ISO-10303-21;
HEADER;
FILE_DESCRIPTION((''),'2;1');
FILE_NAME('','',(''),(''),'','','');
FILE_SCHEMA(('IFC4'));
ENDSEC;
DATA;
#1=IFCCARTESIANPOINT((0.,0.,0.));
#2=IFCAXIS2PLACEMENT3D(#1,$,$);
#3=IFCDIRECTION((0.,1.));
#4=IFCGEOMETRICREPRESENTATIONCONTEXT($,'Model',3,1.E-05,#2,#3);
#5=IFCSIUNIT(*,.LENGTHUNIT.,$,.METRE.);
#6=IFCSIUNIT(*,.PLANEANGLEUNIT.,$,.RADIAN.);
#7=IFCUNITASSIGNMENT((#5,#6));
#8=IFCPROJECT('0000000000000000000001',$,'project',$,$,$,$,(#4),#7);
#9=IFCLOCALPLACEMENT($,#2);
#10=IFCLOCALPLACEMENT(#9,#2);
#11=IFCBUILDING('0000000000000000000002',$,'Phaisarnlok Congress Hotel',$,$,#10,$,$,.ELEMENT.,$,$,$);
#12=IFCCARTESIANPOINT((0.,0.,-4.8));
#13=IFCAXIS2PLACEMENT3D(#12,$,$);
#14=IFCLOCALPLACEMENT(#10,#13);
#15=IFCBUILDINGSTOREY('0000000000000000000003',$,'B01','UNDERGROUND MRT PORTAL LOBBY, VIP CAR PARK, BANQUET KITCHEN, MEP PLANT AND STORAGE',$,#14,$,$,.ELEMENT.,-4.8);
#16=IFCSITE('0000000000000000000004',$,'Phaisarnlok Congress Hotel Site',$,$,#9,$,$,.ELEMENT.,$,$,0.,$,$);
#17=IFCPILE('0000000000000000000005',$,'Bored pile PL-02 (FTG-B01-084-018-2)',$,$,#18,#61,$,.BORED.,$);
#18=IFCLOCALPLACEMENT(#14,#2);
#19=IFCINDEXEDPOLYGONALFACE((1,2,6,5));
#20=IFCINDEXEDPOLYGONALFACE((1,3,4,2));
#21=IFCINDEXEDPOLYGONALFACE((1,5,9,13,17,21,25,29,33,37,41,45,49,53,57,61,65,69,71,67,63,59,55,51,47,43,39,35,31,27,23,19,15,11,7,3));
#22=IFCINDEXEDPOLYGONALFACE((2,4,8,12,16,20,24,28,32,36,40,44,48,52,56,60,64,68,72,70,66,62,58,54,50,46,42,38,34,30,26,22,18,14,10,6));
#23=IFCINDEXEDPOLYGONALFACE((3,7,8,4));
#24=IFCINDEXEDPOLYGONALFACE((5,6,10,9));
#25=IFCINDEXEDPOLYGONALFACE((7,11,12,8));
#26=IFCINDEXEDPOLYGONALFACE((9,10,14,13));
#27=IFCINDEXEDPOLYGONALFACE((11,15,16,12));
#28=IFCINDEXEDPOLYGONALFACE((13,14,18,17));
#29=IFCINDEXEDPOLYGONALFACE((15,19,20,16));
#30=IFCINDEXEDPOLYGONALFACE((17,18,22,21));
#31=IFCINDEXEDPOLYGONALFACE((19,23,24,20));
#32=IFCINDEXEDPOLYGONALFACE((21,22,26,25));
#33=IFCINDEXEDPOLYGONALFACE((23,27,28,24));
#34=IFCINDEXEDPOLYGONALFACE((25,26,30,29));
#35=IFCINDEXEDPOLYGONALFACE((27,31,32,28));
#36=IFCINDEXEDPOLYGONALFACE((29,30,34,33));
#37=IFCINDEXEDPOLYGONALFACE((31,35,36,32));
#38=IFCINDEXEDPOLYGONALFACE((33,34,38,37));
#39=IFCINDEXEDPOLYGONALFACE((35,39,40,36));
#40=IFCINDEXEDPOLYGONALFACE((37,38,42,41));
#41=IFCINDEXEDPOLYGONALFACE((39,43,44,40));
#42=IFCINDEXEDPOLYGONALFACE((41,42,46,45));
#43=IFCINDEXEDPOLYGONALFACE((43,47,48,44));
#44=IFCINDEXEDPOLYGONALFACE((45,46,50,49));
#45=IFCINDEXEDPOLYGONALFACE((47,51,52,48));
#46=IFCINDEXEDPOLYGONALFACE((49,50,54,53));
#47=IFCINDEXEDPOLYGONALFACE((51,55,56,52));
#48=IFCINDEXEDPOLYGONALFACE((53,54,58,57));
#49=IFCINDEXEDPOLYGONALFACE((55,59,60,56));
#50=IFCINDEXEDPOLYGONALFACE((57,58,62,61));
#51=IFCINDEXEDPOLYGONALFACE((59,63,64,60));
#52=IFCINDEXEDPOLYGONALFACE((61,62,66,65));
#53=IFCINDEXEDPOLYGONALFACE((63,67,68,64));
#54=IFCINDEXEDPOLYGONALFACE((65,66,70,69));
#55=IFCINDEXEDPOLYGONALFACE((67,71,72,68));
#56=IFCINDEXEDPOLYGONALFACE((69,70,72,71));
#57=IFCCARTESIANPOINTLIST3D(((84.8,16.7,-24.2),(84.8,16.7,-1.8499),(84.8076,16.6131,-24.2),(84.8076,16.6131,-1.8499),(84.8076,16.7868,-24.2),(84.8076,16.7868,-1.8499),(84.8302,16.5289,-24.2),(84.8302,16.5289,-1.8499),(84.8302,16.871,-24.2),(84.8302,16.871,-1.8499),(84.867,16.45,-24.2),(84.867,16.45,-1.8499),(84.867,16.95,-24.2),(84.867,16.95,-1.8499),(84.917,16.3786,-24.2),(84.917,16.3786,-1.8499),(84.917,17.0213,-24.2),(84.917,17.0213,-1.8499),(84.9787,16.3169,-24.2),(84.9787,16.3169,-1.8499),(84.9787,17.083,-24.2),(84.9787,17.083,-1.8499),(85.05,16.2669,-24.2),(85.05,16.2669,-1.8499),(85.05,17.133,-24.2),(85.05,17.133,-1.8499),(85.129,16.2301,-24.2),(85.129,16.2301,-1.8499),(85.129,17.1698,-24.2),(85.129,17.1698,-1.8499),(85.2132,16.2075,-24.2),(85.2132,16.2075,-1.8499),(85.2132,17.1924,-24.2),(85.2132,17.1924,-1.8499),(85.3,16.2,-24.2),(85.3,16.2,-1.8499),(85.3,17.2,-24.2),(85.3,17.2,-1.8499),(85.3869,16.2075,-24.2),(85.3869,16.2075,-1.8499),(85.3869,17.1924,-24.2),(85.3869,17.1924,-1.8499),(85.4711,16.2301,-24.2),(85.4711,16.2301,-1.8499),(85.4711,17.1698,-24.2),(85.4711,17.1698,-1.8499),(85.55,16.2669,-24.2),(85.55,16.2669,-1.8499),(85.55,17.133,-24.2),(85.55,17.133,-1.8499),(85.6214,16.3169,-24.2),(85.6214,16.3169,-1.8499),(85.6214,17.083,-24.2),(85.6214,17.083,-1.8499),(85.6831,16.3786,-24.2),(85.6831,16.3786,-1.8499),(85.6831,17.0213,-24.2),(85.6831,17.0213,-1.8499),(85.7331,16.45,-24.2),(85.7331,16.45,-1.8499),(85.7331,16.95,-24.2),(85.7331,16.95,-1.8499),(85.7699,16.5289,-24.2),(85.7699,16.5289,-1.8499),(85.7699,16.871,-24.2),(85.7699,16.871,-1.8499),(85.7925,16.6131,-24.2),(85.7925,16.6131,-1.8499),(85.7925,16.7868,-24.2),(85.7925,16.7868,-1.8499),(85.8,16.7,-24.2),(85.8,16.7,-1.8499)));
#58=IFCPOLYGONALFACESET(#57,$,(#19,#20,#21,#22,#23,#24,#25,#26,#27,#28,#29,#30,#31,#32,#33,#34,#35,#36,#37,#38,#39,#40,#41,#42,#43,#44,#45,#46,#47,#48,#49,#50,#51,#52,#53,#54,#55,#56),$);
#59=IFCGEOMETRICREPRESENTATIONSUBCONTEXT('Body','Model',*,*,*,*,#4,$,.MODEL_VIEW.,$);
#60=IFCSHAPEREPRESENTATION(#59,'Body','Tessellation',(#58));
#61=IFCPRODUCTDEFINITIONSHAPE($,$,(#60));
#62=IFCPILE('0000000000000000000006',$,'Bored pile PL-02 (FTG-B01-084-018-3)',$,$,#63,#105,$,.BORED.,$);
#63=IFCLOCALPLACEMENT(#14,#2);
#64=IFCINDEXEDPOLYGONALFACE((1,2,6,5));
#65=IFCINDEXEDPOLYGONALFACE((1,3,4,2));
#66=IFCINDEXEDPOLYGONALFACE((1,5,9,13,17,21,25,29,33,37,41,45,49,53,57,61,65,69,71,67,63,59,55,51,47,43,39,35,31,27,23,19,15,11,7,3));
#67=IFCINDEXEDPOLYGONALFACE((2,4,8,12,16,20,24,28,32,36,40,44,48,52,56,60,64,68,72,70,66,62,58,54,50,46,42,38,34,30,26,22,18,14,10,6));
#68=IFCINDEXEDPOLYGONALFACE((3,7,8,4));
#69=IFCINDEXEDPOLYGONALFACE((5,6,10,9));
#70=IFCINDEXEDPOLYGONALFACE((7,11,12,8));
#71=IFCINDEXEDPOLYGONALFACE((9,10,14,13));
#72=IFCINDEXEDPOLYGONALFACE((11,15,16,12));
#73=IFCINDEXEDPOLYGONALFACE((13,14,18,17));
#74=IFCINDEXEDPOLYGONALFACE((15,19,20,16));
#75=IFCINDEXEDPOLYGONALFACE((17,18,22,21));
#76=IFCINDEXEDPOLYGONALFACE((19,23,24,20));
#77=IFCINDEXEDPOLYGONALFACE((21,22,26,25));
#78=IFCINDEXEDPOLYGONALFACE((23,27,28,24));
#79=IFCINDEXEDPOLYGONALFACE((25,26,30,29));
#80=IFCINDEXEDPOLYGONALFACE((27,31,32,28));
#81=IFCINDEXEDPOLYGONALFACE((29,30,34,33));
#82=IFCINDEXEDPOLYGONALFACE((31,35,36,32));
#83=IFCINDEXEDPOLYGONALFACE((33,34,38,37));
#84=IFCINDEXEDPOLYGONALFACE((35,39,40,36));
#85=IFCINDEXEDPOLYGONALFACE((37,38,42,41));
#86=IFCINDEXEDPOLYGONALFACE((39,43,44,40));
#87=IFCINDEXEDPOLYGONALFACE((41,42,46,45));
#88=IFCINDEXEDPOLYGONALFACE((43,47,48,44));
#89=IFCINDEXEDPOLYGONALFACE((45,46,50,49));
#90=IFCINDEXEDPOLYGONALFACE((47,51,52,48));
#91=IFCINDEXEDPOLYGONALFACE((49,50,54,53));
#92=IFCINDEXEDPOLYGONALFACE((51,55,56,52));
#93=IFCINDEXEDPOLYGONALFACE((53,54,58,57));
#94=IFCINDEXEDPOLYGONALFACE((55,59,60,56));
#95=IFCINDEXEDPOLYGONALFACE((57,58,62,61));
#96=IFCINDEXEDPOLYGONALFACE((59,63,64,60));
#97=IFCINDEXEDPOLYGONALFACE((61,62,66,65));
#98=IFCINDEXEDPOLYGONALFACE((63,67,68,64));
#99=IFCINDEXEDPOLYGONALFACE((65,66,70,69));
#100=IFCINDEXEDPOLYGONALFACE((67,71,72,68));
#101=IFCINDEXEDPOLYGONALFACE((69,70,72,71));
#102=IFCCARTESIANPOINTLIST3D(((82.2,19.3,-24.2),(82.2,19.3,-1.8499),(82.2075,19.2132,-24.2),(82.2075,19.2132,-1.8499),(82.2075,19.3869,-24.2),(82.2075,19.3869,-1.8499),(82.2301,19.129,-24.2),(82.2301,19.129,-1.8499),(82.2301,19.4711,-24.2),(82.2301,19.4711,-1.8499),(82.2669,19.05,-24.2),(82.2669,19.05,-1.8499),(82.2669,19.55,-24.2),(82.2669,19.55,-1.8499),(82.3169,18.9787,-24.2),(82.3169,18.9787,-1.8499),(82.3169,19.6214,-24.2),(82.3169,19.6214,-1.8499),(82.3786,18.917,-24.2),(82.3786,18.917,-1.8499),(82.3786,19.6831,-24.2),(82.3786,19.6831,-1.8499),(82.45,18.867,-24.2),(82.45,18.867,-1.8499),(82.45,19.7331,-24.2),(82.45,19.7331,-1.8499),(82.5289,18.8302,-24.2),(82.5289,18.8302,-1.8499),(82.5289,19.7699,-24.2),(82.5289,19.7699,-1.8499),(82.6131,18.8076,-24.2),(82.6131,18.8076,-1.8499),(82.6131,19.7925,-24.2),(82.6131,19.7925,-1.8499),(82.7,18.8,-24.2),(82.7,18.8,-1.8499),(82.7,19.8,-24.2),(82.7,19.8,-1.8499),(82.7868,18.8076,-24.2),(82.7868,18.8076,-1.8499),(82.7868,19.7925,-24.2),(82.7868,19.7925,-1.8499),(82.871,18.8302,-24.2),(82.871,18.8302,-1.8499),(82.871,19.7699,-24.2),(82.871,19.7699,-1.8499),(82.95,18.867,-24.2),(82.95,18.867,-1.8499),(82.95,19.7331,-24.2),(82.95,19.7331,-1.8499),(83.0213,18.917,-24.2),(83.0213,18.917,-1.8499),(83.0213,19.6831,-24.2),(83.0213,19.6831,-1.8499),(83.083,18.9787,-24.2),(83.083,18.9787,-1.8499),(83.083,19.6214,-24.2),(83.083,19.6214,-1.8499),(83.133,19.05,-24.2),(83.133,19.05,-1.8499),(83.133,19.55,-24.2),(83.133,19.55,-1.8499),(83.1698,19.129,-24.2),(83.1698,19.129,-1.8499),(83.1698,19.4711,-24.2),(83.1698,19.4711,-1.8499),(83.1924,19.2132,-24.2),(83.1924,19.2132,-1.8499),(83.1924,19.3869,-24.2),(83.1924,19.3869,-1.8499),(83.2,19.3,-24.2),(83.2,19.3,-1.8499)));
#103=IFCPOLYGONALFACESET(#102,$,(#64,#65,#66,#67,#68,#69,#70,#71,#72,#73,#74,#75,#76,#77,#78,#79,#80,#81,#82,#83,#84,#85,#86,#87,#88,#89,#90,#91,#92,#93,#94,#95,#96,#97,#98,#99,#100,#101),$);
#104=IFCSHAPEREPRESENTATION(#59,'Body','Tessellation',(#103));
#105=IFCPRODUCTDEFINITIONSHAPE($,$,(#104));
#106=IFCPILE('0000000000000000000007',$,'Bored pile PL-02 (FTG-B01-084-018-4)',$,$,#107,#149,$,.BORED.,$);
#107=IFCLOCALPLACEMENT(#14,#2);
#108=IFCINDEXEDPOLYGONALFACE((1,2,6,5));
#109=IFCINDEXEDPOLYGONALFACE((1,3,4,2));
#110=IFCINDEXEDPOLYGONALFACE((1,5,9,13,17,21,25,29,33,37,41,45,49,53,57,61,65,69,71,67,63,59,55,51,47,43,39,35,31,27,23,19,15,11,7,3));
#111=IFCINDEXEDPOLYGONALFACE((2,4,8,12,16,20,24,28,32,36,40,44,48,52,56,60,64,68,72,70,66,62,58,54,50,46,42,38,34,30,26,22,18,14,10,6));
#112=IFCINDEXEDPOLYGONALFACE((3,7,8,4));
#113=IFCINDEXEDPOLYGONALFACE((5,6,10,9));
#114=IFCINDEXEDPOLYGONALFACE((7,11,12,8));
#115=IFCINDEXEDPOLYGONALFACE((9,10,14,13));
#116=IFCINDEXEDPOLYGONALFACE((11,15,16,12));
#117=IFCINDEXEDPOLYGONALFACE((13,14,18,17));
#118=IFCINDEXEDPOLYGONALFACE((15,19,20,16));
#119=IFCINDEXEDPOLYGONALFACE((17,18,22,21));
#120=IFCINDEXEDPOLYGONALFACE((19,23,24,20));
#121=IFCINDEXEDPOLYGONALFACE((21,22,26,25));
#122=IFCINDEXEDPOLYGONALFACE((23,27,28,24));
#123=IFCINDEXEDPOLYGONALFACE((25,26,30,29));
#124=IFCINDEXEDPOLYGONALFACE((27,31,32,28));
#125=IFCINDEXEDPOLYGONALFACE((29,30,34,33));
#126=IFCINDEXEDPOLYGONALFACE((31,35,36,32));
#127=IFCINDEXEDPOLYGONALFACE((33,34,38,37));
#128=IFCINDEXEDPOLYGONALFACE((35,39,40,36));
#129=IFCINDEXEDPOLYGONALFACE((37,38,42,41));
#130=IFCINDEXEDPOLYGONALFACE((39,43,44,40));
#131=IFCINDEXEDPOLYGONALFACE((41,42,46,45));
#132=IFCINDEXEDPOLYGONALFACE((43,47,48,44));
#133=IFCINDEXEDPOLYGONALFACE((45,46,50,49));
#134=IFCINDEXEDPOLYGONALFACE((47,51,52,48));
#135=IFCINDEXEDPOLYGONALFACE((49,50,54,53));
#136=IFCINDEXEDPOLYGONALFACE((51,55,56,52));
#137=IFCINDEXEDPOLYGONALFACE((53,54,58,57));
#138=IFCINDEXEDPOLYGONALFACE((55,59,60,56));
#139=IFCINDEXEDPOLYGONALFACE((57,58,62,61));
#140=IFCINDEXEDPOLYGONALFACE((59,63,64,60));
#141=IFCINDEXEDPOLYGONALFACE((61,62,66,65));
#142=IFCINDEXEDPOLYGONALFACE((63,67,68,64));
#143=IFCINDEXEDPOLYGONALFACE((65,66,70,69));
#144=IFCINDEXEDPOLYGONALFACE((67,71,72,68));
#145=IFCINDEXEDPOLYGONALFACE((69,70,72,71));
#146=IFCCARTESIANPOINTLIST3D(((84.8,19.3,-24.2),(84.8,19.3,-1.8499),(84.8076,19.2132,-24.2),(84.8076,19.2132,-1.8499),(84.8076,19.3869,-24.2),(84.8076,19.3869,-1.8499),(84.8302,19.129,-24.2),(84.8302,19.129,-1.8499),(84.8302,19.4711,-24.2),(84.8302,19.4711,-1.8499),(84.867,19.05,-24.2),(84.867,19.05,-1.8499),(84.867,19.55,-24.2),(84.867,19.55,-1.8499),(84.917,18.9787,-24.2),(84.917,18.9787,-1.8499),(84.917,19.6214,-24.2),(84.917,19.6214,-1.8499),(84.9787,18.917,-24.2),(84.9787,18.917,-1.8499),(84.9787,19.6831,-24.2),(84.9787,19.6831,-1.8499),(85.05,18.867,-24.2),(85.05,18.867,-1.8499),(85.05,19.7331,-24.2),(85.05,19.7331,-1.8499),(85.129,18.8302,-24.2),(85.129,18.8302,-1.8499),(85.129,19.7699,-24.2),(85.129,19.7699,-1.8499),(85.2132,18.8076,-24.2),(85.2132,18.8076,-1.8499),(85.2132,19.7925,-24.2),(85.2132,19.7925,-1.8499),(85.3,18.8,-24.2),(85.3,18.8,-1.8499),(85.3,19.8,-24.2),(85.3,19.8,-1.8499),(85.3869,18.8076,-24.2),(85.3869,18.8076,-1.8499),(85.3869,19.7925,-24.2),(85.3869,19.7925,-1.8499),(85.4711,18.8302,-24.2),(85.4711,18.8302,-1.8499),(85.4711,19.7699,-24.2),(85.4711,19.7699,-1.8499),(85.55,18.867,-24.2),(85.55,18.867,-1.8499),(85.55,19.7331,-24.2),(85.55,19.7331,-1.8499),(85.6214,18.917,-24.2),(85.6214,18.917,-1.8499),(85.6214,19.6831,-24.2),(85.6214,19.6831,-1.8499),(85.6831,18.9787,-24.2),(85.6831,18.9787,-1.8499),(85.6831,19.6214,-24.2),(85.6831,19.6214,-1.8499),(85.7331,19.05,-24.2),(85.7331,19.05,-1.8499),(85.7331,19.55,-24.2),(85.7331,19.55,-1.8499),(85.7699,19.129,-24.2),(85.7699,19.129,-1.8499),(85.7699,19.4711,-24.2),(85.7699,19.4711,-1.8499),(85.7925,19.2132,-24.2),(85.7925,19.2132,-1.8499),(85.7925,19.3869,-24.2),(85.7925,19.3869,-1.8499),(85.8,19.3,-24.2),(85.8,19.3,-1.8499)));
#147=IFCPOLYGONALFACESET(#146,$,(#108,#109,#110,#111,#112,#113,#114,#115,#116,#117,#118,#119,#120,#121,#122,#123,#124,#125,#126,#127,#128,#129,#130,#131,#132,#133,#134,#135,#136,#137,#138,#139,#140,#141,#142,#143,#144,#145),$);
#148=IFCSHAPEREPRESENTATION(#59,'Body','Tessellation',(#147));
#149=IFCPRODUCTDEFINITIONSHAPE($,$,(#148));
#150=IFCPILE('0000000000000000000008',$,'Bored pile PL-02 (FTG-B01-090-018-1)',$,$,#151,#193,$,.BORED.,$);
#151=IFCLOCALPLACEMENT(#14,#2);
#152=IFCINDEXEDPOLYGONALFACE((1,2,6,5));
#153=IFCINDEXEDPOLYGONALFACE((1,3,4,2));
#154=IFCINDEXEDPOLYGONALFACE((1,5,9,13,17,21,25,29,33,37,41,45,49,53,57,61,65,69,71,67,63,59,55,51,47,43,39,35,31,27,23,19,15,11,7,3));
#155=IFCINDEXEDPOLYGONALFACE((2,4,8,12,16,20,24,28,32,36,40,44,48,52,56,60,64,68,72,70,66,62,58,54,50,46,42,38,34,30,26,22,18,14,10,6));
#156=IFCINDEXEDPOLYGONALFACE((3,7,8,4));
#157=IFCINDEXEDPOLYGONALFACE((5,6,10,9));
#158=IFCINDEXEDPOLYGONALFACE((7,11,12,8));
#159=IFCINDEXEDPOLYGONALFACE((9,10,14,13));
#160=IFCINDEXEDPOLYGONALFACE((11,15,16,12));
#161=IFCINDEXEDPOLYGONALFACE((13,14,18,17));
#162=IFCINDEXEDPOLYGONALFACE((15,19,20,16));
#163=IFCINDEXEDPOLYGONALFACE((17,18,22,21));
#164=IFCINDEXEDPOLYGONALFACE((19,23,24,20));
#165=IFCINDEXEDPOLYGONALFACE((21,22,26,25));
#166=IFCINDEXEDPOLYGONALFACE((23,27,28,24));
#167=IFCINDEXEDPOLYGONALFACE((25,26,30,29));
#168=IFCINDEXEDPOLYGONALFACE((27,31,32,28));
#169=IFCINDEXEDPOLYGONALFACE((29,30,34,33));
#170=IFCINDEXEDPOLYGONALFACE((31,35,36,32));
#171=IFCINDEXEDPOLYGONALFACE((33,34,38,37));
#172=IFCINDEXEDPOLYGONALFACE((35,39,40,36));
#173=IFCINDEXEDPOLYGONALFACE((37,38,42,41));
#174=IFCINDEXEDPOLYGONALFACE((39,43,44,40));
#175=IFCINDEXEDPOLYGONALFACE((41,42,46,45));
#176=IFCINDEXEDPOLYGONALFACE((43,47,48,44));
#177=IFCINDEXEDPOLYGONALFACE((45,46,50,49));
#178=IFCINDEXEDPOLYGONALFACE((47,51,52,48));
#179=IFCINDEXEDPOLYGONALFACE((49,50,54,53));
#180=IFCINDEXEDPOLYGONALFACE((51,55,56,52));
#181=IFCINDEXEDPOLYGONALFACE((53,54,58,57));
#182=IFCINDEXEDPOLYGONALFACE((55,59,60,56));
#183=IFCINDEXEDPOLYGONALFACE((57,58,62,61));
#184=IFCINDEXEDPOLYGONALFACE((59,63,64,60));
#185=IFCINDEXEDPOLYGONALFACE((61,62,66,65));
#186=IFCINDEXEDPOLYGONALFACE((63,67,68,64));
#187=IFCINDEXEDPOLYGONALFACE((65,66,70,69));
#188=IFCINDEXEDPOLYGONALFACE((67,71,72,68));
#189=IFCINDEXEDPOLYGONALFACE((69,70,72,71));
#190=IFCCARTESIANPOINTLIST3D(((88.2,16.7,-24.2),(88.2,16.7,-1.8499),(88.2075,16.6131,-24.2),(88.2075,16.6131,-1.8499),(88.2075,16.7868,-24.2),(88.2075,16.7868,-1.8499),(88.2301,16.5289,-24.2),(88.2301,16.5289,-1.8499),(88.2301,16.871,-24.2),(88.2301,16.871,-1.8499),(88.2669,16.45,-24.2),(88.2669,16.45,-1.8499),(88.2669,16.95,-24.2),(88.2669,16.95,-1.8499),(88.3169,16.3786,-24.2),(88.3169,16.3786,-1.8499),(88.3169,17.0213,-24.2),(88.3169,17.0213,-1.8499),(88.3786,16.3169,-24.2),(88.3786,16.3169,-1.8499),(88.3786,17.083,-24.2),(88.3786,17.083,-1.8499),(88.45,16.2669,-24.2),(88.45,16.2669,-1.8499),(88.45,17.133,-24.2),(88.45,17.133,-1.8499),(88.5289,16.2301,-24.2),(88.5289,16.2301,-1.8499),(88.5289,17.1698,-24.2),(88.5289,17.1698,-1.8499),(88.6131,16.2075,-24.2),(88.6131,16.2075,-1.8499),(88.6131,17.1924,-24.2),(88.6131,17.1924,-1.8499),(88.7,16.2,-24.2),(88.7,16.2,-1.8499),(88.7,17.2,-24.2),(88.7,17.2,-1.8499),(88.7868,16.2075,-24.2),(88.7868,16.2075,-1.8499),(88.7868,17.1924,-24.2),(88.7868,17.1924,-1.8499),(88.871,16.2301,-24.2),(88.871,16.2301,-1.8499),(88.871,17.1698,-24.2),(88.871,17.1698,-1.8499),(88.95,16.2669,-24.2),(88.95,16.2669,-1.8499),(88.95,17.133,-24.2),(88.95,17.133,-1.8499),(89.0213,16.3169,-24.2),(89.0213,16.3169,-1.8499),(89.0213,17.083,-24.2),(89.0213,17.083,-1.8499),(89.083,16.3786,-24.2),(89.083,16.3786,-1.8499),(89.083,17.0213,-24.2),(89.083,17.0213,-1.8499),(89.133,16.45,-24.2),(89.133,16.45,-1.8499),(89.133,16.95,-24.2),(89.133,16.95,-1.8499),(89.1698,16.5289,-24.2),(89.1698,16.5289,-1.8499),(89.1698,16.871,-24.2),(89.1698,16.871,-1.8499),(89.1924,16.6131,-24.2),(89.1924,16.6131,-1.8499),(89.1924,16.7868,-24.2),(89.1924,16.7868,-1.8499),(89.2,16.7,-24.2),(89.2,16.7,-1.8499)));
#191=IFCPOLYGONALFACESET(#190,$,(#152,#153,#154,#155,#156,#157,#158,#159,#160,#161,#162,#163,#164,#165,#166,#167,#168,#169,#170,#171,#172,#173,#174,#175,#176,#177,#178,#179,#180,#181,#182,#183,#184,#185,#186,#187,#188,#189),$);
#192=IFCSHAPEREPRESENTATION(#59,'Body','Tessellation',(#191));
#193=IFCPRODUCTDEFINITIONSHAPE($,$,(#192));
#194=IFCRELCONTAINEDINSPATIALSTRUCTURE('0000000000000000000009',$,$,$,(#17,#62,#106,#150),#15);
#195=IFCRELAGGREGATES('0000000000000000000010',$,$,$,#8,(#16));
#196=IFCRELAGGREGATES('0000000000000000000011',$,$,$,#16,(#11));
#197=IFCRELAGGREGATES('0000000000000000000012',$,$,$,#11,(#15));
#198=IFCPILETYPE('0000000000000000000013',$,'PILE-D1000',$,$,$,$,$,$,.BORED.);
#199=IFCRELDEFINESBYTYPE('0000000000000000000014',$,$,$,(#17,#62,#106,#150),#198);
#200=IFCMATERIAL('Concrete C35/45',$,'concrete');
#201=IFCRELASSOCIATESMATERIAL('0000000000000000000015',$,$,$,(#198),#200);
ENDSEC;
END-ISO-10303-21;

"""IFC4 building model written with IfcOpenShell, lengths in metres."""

from ifc_helpers import new_model, si_unit, direction, frame, origin, origin_2d, place, context, subcontext, project, spatial, circle, extrude, material, material_profile, profile_set, type_object, element, save


model = new_model("IFC4")

# Units and contexts
model_context = context("Model", 3, precision=1e-05, world=origin(), true_north=direction((0.0, 1.0)))
body_context = subcontext(model_context, "Body", "Model", "MODEL_VIEW")
ifc_project = project(units=[si_unit("LENGTHUNIT", "METRE"), si_unit("PLANEANGLEUNIT", "RADIAN")], contexts=[model_context])

# Site, building, storey
site_placement = place(None, origin())
site = spatial("IfcSite", under=ifc_project, at=site_placement, Name="Phaisarnlok Congress Hotel Site", CompositionType="ELEMENT", RefElevation=0.0)
building_placement = place(site_placement, origin())
building = spatial("IfcBuilding", under=site, at=building_placement, Name="Phaisarnlok Congress Hotel", CompositionType="ELEMENT")
storey_placement = place(building_placement, frame((0.0, 0.0, -4.8)))
storey = spatial("IfcBuildingStorey", under=building, at=storey_placement, Name="B01", Description="UNDERGROUND MRT PORTAL LOBBY, VIP CAR PARK, BANQUET KITCHEN, MEP PLANT AND STORAGE", CompositionType="ELEMENT", Elevation=-4.8)

# Piles
ifc_material_1 = material(Name="Concrete C35/45", Category="concrete")
ifc_material_profile_1 = material_profile(ifc_material_1, circle(Radius=0.5, at=origin_2d()), Name="BORED PILE D1000")
ifc_profile_set_1 = profile_set([ifc_material_profile_1], Name="Concrete C35/45")
pile_type_1 = type_object("IfcPileType", Name="PILE-D1000", PredefinedType="BORED", material=ifc_profile_set_1)
for number, where, z_axis, x_axis, name in (
    (1, (85.3, 16.7, -1.8499), (0.0, 0.0, -1.0), (1.0, 0.0, 0.0), "Bored pile PL-02 (FTG-B01-084-018-2)"),
    (2, (82.7, 19.3, -1.8499), (0.0, 0.0, -1.0), (1.0, 0.0, 0.0), "Bored pile PL-02 (FTG-B01-084-018-3)"),
    (3, (85.3, 19.3, -1.8499), (0.0, 0.0, -1.0), (1.0, 0.0, 0.0), "Bored pile PL-02 (FTG-B01-084-018-4)"),
    (4, (88.7, 16.7, -1.8499), (0.0, 0.0, -1.0), (1.0, 0.0, 0.0), "Bored pile PL-02 (FTG-B01-090-018-1)"),
):
    element("IfcPile", number, at=place(storey_placement, frame(where, z_axis=z_axis, x_axis=x_axis)), inside=storey, type_object=pile_type_1, Name=name, PredefinedType="BORED", context=body_context, shape_type="SweptSolid", body=[
        extrude(circle(Radius=0.5, at=origin_2d()), origin(), (0.0, 0.0, 1.0), 22.3501),
    ])

save(model, "model.ifc")
